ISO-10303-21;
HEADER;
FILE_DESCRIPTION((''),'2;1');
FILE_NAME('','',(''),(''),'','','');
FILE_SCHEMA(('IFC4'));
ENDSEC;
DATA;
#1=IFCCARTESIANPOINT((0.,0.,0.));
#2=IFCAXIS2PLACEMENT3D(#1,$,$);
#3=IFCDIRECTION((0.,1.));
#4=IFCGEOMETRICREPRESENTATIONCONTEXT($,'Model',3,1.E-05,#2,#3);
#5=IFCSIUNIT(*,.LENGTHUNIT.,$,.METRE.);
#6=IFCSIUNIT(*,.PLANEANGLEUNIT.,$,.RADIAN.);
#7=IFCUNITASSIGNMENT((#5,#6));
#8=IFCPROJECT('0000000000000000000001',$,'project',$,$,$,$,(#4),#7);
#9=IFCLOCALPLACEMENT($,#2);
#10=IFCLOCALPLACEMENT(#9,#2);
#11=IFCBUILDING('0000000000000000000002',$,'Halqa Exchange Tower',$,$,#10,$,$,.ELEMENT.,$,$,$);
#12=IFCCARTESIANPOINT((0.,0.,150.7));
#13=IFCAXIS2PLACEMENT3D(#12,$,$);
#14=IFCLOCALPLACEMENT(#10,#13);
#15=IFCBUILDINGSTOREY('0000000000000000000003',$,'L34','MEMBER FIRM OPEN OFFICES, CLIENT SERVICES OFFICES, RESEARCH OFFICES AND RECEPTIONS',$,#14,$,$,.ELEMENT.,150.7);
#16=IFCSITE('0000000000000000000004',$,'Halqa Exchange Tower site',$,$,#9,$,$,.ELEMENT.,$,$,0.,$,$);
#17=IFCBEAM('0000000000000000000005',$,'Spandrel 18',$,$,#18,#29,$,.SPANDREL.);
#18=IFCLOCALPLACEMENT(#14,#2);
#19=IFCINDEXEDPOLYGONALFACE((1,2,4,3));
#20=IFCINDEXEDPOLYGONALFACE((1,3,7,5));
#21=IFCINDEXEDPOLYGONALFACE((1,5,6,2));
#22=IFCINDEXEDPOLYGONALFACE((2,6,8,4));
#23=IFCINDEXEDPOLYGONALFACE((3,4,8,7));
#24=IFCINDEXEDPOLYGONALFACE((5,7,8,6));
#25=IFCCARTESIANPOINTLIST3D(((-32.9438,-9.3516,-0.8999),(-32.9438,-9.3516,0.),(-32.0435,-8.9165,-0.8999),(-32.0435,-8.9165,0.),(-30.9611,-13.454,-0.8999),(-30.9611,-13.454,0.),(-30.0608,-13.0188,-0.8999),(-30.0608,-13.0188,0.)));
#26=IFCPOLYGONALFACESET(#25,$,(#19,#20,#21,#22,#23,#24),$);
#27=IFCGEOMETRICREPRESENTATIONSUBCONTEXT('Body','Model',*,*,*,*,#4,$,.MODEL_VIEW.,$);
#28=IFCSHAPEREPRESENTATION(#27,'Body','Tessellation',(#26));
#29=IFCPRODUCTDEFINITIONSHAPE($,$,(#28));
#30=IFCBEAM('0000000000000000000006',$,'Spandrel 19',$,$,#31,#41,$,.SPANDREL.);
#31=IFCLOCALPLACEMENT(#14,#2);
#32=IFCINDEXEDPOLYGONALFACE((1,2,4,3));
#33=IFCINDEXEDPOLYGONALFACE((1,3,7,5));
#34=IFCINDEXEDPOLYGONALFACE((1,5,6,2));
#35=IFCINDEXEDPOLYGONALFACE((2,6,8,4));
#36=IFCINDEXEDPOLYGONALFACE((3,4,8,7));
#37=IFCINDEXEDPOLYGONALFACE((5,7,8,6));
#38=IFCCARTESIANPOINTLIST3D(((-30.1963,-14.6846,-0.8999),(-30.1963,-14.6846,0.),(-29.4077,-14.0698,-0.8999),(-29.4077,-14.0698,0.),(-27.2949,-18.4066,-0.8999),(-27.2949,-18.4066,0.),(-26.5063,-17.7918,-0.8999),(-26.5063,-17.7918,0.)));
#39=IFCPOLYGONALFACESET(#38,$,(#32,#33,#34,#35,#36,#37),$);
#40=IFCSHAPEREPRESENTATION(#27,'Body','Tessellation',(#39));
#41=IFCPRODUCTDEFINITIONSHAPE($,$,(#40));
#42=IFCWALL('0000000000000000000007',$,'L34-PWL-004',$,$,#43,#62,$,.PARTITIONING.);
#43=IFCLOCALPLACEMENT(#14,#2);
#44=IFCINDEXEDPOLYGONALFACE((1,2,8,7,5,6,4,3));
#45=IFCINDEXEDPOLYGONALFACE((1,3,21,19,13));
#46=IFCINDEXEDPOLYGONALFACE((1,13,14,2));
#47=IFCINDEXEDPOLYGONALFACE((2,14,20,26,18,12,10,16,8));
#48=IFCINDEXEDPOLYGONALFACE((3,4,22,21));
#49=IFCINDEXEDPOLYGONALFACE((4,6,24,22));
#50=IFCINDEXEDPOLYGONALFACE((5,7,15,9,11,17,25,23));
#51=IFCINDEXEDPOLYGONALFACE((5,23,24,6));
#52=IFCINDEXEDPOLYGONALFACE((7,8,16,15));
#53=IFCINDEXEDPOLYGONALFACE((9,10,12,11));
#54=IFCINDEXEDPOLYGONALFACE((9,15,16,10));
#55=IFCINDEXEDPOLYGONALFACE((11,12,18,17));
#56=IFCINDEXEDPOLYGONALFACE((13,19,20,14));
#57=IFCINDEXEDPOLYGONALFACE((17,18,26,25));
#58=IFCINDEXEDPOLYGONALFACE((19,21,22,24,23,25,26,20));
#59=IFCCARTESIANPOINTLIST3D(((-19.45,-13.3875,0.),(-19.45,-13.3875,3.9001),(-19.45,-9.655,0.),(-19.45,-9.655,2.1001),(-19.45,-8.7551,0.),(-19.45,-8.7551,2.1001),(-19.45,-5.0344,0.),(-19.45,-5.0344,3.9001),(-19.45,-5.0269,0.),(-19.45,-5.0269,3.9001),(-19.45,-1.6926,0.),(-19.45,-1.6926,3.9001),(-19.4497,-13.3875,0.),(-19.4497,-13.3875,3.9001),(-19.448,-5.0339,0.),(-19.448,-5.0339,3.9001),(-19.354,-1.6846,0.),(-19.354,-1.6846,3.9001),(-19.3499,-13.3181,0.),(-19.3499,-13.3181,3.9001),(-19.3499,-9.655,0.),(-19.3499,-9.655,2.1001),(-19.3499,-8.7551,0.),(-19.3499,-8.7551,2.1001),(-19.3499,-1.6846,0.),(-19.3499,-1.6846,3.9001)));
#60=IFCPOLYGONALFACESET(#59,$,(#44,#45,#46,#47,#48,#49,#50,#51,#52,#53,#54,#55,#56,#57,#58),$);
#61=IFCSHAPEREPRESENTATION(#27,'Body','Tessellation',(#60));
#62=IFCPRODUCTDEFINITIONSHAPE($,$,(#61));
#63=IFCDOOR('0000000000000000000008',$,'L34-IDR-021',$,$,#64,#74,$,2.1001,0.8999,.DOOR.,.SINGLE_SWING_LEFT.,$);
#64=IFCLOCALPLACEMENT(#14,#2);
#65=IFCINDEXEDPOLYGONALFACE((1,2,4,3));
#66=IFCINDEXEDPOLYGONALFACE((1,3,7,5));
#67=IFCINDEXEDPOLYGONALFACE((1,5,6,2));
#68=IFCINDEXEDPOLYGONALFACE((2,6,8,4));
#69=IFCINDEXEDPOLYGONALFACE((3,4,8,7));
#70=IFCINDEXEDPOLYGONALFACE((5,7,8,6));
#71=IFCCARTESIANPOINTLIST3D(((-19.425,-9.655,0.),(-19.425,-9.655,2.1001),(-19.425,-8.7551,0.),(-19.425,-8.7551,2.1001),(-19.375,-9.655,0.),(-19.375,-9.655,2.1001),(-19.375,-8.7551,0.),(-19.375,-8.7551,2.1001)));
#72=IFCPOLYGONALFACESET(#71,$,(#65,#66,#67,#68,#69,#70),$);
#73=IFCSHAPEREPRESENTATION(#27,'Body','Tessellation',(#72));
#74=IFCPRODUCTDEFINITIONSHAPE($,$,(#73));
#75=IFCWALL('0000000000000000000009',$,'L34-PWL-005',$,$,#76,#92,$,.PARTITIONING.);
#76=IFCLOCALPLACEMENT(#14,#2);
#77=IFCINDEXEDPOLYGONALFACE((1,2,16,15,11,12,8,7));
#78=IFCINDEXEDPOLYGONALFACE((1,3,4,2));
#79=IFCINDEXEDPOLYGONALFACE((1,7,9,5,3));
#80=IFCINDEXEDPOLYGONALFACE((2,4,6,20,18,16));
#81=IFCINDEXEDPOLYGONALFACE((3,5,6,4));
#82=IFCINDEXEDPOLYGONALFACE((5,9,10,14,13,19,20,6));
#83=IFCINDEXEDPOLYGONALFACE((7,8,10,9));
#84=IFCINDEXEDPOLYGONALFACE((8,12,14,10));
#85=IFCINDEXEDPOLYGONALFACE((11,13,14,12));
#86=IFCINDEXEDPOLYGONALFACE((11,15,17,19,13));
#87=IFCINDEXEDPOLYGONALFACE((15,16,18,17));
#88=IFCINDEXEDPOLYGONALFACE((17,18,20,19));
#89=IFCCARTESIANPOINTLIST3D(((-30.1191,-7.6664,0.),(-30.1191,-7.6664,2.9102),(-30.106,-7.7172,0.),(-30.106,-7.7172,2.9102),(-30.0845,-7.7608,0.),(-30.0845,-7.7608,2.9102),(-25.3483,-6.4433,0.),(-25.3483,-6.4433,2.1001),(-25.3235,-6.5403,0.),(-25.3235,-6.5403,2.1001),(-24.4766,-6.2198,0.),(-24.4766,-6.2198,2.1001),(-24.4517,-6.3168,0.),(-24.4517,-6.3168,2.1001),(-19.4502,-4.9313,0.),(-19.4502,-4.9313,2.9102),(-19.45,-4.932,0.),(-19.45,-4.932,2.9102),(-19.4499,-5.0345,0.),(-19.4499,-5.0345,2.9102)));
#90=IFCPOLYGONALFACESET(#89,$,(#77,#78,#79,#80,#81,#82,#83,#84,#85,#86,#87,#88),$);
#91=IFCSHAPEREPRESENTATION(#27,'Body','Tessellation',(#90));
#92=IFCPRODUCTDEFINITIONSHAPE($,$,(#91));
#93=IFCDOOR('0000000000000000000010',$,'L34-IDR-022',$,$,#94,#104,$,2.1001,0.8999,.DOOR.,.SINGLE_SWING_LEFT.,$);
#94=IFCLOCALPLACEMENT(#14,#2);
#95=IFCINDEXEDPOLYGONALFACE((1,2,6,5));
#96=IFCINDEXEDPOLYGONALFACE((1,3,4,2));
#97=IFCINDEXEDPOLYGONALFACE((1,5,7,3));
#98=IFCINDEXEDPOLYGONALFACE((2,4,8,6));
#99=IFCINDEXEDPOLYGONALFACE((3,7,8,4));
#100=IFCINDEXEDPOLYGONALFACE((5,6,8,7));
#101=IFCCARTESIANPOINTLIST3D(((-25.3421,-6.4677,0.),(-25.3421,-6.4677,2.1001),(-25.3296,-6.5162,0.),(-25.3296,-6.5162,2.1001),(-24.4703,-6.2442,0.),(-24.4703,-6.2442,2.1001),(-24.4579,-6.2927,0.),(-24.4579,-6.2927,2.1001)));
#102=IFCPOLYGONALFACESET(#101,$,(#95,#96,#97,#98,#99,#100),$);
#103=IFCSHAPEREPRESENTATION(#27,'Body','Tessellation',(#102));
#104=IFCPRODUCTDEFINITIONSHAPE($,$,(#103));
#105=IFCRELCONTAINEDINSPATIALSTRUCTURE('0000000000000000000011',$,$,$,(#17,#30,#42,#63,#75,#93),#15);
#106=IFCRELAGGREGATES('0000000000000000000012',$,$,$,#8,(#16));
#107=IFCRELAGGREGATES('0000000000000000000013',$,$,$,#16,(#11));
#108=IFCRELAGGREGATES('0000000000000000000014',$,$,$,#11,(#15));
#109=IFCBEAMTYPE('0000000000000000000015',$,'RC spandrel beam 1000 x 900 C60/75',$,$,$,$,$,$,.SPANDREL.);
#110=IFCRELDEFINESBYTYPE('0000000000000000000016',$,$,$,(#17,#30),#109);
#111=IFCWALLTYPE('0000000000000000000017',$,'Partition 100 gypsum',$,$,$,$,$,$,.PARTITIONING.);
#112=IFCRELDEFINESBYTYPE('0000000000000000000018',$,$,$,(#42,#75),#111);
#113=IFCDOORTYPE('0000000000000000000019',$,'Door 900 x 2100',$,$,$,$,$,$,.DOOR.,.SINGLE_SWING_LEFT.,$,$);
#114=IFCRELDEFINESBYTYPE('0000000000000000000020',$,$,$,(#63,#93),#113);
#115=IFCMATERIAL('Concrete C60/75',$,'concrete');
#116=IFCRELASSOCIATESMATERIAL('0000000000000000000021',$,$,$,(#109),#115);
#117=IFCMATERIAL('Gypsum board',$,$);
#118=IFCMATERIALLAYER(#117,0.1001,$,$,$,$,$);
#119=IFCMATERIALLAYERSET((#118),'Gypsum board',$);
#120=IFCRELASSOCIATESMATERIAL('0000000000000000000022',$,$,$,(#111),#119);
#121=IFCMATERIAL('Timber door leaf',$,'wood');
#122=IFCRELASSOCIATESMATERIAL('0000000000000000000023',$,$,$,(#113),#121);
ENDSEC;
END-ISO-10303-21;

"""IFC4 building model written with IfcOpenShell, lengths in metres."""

from ifc_helpers import new_model, si_unit, direction, frame, frame_2d, origin, origin_2d, place, context, subcontext, project, spatial, polyline, rectangle, outline, extrude, material, layer, layer_set, material_profile, profile_set, type_object, element, fill, save


model = new_model("IFC4")

# Units and contexts
model_context = context("Model", 3, precision=1e-05, world=origin(), true_north=direction((0.0, 1.0)))
body_context = subcontext(model_context, "Body", "Model", "MODEL_VIEW")
ifc_project = project(units=[si_unit("LENGTHUNIT", "METRE"), si_unit("PLANEANGLEUNIT", "RADIAN")], contexts=[model_context])

# Site, building, storey
site_placement = place(None, origin())
site = spatial("IfcSite", under=ifc_project, at=site_placement, Name="Halqa Exchange Tower site", CompositionType="ELEMENT", RefElevation=0.0)
building_placement = place(site_placement, origin())
building = spatial("IfcBuilding", under=site, at=building_placement, Name="Halqa Exchange Tower", CompositionType="ELEMENT")
storey_placement = place(building_placement, frame((0.0, 0.0, 150.7)))
storey = spatial("IfcBuildingStorey", under=building, at=storey_placement, Name="L34", Description="MEMBER FIRM OPEN OFFICES, CLIENT SERVICES OFFICES, RESEARCH OFFICES AND RECEPTIONS", CompositionType="ELEMENT", Elevation=150.7)

# Beams
ifc_material_1 = material(Name="Concrete C60/75", Category="concrete")
ifc_material_profile_1 = material_profile(ifc_material_1, rectangle(XDim=1.0, YDim=0.8999, at=origin_2d()), Name="1000 x 900")
ifc_profile_set_1 = profile_set([ifc_material_profile_1], Name="Concrete C60/75")
beam_type_1 = type_object("IfcBeamType", Name="RC spandrel beam 1000 x 900 C60/75", PredefinedType="SPANDREL", material=ifc_profile_set_1)
beam_1_placement = place(storey_placement, frame((-32.4937, -9.134, -0.45), z_axis=(0.435149, -0.900358, 0.0), x_axis=(0.900358, 0.435149, 0.0)))
element("IfcBeam", 1, at=beam_1_placement, inside=storey, type_object=beam_type_1, Name="Spandrel 18", PredefinedType="SPANDREL", context=body_context, shape_type="SweptSolid", body=[
    extrude(rectangle(XDim=1.0, YDim=0.8999, at=origin_2d()), origin(), (0.0, 0.0, 1.0), 4.5564),
])
beam_2_placement = place(storey_placement, frame((-29.802, -14.3772, -0.45), z_axis=(0.614803, -0.78868, 0.0), x_axis=(0.78868, 0.614803, 0.0)))
element("IfcBeam", 2, at=beam_2_placement, inside=storey, type_object=beam_type_1, Name="Spandrel 19", PredefinedType="SPANDREL", context=body_context, shape_type="SweptSolid", body=[
    extrude(rectangle(XDim=1.0, YDim=0.8999, at=origin_2d()), origin(), (0.0, 0.0, 1.0), 4.7192),
])

# Walls, openings, doors
ifc_material_2 = material(Name="Gypsum board")
ifc_layer_1 = layer(ifc_material_2, 0.1001)
ifc_layer_set_1 = layer_set([ifc_layer_1], Name="Gypsum board")
wall_type_1 = type_object("IfcWallType", Name="Partition 100 gypsum", PredefinedType="PARTITIONING", material=ifc_layer_set_1)
wall_1_placement = place(storey_placement, frame((-19.3999, -13.3875, 0.0), z_axis=(0.0, 0.0, 1.0), x_axis=(0.0, 1.0, 0.0)))
wall_1 = element("IfcWall", 3, at=wall_1_placement, inside=storey, type_object=wall_type_1, Name="L34-PWL-004", PredefinedType="PARTITIONING", context=body_context, shape_type="SweptSolid", body=[
    extrude(outline(polyline([(11.7029, -0.05), (11.7029, -0.0459), (11.6948, 0.05), (10.0278, 0.05), (8.3606, 0.05), (8.3535, 0.0481), (8.353, 0.05), (6.6824, 0.05), (5.0117, 0.05), (3.3413, 0.05), (1.6707, 0.05), (0.0, 0.05), (0.0, 0.0498), (0.0693, -0.05), (2.0083, -0.05), (3.947, -0.05), (5.886, -0.05), (7.825, -0.05), (9.7639, -0.05), (11.7029, -0.05)])), origin(), (0.0, 0.0, 1.0), 3.9001),
])
opening_1_placement = place(wall_1_placement, frame((3.7324, 0.0, 0.0)))
opening_1 = element("IfcOpeningElement", 4, at=opening_1_placement, cuts=wall_1, PredefinedType="OPENING", context=body_context, shape_type="SweptSolid", body=[
    extrude(rectangle(XDim=0.8999, YDim=2.1001, at=frame_2d((0.45, 1.05))), frame((0.0, 0.062, 0.0), z_axis=(0.0, -1.0, 0.0), x_axis=(1.0, 0.0, 0.0)), (0.0, 0.0, 1.0), 0.124),
])
ifc_material_3 = material(Name="Timber door leaf", Category="wood")
door_type_1 = type_object("IfcDoorType", Name="Door 900 x 2100", OperationType="SINGLE_SWING_LEFT", PredefinedType="DOOR", material=ifc_material_3)
door_1_placement = place(opening_1_placement, frame((0.8999, 0.0, 0.0), z_axis=(0.0, 0.0, 1.0), x_axis=(-1.0, 0.0, 0.0)))
door_1 = element("IfcDoor", 5, at=door_1_placement, inside=storey, type_object=door_type_1, Name="L34-IDR-021", OperationType="SINGLE_SWING_LEFT", OverallHeight=2.1001, OverallWidth=0.8999, PredefinedType="DOOR", context=body_context, shape_type="SweptSolid", body=[
    extrude(rectangle(XDim=0.8999, YDim=2.1001, at=frame_2d((0.45, 1.05))), frame((0.0, 0.0249, 0.0), z_axis=(0.0, -1.0, 0.0), x_axis=(1.0, 0.0, 0.0)), (0.0, 0.0, 1.0), 0.05),
])
fill(opening_1, door_1)
wall_2_placement = place(storey_placement, frame((-19.4377, -4.9797, 0.0), z_axis=(0.0, 0.0, 1.0), x_axis=(-0.968675, -0.248331, 0.0)))
wall_2 = element("IfcWall", 6, at=wall_2_placement, inside=storey, type_object=wall_type_1, Name="L34-PWL-005", PredefinedType="PARTITIONING", context=body_context, shape_type="SweptSolid", body=[
    extrude(outline(polyline([(11.0139, -0.05), (11.0139, 0.0024), (11.0039, 0.05), (9.1743, 0.05), (7.3445, 0.05), (5.5146, 0.05), (3.6851, 0.05), (1.8552, 0.05), (0.0254, 0.05), (0.0, -0.0493), (0.0, -0.05), (1.8357, -0.05), (3.6714, -0.05), (5.5068, -0.05), (7.3425, -0.05), (9.1782, -0.05), (11.0139, -0.05)])), origin(), (0.0, 0.0, 1.0), 2.9102),
])
opening_2_placement = place(wall_2_placement, frame((5.189, 0.0, 0.0)))
opening_2 = element("IfcOpeningElement", 7, at=opening_2_placement, cuts=wall_2, PredefinedType="OPENING", context=body_context, shape_type="SweptSolid", body=[
    extrude(rectangle(XDim=0.8999, YDim=2.1001, at=frame_2d((0.45, 1.05))), frame((0.0, 0.062, 0.0), z_axis=(0.0, -1.0, 0.0), x_axis=(1.0, 0.0, 0.0)), (0.0, 0.0, 1.0), 0.124),
])
door_2_placement = place(opening_2_placement, frame((0.8999, 0.0, 0.0), z_axis=(0.0, 0.0, 1.0), x_axis=(-1.0, 0.0, 0.0)))
door_2 = element("IfcDoor", 8, at=door_2_placement, inside=storey, type_object=door_type_1, Name="L34-IDR-022", OperationType="SINGLE_SWING_LEFT", OverallHeight=2.1001, OverallWidth=0.8999, PredefinedType="DOOR", context=body_context, shape_type="SweptSolid", body=[
    extrude(rectangle(XDim=0.8999, YDim=2.1001, at=frame_2d((0.45, 1.05))), frame((0.0, 0.0249, 0.0), z_axis=(0.0, -1.0, 0.0), x_axis=(1.0, 0.0, 0.0)), (0.0, 0.0, 1.0), 0.05),
])
fill(opening_2, door_2)

save(model, "model.ifc")
